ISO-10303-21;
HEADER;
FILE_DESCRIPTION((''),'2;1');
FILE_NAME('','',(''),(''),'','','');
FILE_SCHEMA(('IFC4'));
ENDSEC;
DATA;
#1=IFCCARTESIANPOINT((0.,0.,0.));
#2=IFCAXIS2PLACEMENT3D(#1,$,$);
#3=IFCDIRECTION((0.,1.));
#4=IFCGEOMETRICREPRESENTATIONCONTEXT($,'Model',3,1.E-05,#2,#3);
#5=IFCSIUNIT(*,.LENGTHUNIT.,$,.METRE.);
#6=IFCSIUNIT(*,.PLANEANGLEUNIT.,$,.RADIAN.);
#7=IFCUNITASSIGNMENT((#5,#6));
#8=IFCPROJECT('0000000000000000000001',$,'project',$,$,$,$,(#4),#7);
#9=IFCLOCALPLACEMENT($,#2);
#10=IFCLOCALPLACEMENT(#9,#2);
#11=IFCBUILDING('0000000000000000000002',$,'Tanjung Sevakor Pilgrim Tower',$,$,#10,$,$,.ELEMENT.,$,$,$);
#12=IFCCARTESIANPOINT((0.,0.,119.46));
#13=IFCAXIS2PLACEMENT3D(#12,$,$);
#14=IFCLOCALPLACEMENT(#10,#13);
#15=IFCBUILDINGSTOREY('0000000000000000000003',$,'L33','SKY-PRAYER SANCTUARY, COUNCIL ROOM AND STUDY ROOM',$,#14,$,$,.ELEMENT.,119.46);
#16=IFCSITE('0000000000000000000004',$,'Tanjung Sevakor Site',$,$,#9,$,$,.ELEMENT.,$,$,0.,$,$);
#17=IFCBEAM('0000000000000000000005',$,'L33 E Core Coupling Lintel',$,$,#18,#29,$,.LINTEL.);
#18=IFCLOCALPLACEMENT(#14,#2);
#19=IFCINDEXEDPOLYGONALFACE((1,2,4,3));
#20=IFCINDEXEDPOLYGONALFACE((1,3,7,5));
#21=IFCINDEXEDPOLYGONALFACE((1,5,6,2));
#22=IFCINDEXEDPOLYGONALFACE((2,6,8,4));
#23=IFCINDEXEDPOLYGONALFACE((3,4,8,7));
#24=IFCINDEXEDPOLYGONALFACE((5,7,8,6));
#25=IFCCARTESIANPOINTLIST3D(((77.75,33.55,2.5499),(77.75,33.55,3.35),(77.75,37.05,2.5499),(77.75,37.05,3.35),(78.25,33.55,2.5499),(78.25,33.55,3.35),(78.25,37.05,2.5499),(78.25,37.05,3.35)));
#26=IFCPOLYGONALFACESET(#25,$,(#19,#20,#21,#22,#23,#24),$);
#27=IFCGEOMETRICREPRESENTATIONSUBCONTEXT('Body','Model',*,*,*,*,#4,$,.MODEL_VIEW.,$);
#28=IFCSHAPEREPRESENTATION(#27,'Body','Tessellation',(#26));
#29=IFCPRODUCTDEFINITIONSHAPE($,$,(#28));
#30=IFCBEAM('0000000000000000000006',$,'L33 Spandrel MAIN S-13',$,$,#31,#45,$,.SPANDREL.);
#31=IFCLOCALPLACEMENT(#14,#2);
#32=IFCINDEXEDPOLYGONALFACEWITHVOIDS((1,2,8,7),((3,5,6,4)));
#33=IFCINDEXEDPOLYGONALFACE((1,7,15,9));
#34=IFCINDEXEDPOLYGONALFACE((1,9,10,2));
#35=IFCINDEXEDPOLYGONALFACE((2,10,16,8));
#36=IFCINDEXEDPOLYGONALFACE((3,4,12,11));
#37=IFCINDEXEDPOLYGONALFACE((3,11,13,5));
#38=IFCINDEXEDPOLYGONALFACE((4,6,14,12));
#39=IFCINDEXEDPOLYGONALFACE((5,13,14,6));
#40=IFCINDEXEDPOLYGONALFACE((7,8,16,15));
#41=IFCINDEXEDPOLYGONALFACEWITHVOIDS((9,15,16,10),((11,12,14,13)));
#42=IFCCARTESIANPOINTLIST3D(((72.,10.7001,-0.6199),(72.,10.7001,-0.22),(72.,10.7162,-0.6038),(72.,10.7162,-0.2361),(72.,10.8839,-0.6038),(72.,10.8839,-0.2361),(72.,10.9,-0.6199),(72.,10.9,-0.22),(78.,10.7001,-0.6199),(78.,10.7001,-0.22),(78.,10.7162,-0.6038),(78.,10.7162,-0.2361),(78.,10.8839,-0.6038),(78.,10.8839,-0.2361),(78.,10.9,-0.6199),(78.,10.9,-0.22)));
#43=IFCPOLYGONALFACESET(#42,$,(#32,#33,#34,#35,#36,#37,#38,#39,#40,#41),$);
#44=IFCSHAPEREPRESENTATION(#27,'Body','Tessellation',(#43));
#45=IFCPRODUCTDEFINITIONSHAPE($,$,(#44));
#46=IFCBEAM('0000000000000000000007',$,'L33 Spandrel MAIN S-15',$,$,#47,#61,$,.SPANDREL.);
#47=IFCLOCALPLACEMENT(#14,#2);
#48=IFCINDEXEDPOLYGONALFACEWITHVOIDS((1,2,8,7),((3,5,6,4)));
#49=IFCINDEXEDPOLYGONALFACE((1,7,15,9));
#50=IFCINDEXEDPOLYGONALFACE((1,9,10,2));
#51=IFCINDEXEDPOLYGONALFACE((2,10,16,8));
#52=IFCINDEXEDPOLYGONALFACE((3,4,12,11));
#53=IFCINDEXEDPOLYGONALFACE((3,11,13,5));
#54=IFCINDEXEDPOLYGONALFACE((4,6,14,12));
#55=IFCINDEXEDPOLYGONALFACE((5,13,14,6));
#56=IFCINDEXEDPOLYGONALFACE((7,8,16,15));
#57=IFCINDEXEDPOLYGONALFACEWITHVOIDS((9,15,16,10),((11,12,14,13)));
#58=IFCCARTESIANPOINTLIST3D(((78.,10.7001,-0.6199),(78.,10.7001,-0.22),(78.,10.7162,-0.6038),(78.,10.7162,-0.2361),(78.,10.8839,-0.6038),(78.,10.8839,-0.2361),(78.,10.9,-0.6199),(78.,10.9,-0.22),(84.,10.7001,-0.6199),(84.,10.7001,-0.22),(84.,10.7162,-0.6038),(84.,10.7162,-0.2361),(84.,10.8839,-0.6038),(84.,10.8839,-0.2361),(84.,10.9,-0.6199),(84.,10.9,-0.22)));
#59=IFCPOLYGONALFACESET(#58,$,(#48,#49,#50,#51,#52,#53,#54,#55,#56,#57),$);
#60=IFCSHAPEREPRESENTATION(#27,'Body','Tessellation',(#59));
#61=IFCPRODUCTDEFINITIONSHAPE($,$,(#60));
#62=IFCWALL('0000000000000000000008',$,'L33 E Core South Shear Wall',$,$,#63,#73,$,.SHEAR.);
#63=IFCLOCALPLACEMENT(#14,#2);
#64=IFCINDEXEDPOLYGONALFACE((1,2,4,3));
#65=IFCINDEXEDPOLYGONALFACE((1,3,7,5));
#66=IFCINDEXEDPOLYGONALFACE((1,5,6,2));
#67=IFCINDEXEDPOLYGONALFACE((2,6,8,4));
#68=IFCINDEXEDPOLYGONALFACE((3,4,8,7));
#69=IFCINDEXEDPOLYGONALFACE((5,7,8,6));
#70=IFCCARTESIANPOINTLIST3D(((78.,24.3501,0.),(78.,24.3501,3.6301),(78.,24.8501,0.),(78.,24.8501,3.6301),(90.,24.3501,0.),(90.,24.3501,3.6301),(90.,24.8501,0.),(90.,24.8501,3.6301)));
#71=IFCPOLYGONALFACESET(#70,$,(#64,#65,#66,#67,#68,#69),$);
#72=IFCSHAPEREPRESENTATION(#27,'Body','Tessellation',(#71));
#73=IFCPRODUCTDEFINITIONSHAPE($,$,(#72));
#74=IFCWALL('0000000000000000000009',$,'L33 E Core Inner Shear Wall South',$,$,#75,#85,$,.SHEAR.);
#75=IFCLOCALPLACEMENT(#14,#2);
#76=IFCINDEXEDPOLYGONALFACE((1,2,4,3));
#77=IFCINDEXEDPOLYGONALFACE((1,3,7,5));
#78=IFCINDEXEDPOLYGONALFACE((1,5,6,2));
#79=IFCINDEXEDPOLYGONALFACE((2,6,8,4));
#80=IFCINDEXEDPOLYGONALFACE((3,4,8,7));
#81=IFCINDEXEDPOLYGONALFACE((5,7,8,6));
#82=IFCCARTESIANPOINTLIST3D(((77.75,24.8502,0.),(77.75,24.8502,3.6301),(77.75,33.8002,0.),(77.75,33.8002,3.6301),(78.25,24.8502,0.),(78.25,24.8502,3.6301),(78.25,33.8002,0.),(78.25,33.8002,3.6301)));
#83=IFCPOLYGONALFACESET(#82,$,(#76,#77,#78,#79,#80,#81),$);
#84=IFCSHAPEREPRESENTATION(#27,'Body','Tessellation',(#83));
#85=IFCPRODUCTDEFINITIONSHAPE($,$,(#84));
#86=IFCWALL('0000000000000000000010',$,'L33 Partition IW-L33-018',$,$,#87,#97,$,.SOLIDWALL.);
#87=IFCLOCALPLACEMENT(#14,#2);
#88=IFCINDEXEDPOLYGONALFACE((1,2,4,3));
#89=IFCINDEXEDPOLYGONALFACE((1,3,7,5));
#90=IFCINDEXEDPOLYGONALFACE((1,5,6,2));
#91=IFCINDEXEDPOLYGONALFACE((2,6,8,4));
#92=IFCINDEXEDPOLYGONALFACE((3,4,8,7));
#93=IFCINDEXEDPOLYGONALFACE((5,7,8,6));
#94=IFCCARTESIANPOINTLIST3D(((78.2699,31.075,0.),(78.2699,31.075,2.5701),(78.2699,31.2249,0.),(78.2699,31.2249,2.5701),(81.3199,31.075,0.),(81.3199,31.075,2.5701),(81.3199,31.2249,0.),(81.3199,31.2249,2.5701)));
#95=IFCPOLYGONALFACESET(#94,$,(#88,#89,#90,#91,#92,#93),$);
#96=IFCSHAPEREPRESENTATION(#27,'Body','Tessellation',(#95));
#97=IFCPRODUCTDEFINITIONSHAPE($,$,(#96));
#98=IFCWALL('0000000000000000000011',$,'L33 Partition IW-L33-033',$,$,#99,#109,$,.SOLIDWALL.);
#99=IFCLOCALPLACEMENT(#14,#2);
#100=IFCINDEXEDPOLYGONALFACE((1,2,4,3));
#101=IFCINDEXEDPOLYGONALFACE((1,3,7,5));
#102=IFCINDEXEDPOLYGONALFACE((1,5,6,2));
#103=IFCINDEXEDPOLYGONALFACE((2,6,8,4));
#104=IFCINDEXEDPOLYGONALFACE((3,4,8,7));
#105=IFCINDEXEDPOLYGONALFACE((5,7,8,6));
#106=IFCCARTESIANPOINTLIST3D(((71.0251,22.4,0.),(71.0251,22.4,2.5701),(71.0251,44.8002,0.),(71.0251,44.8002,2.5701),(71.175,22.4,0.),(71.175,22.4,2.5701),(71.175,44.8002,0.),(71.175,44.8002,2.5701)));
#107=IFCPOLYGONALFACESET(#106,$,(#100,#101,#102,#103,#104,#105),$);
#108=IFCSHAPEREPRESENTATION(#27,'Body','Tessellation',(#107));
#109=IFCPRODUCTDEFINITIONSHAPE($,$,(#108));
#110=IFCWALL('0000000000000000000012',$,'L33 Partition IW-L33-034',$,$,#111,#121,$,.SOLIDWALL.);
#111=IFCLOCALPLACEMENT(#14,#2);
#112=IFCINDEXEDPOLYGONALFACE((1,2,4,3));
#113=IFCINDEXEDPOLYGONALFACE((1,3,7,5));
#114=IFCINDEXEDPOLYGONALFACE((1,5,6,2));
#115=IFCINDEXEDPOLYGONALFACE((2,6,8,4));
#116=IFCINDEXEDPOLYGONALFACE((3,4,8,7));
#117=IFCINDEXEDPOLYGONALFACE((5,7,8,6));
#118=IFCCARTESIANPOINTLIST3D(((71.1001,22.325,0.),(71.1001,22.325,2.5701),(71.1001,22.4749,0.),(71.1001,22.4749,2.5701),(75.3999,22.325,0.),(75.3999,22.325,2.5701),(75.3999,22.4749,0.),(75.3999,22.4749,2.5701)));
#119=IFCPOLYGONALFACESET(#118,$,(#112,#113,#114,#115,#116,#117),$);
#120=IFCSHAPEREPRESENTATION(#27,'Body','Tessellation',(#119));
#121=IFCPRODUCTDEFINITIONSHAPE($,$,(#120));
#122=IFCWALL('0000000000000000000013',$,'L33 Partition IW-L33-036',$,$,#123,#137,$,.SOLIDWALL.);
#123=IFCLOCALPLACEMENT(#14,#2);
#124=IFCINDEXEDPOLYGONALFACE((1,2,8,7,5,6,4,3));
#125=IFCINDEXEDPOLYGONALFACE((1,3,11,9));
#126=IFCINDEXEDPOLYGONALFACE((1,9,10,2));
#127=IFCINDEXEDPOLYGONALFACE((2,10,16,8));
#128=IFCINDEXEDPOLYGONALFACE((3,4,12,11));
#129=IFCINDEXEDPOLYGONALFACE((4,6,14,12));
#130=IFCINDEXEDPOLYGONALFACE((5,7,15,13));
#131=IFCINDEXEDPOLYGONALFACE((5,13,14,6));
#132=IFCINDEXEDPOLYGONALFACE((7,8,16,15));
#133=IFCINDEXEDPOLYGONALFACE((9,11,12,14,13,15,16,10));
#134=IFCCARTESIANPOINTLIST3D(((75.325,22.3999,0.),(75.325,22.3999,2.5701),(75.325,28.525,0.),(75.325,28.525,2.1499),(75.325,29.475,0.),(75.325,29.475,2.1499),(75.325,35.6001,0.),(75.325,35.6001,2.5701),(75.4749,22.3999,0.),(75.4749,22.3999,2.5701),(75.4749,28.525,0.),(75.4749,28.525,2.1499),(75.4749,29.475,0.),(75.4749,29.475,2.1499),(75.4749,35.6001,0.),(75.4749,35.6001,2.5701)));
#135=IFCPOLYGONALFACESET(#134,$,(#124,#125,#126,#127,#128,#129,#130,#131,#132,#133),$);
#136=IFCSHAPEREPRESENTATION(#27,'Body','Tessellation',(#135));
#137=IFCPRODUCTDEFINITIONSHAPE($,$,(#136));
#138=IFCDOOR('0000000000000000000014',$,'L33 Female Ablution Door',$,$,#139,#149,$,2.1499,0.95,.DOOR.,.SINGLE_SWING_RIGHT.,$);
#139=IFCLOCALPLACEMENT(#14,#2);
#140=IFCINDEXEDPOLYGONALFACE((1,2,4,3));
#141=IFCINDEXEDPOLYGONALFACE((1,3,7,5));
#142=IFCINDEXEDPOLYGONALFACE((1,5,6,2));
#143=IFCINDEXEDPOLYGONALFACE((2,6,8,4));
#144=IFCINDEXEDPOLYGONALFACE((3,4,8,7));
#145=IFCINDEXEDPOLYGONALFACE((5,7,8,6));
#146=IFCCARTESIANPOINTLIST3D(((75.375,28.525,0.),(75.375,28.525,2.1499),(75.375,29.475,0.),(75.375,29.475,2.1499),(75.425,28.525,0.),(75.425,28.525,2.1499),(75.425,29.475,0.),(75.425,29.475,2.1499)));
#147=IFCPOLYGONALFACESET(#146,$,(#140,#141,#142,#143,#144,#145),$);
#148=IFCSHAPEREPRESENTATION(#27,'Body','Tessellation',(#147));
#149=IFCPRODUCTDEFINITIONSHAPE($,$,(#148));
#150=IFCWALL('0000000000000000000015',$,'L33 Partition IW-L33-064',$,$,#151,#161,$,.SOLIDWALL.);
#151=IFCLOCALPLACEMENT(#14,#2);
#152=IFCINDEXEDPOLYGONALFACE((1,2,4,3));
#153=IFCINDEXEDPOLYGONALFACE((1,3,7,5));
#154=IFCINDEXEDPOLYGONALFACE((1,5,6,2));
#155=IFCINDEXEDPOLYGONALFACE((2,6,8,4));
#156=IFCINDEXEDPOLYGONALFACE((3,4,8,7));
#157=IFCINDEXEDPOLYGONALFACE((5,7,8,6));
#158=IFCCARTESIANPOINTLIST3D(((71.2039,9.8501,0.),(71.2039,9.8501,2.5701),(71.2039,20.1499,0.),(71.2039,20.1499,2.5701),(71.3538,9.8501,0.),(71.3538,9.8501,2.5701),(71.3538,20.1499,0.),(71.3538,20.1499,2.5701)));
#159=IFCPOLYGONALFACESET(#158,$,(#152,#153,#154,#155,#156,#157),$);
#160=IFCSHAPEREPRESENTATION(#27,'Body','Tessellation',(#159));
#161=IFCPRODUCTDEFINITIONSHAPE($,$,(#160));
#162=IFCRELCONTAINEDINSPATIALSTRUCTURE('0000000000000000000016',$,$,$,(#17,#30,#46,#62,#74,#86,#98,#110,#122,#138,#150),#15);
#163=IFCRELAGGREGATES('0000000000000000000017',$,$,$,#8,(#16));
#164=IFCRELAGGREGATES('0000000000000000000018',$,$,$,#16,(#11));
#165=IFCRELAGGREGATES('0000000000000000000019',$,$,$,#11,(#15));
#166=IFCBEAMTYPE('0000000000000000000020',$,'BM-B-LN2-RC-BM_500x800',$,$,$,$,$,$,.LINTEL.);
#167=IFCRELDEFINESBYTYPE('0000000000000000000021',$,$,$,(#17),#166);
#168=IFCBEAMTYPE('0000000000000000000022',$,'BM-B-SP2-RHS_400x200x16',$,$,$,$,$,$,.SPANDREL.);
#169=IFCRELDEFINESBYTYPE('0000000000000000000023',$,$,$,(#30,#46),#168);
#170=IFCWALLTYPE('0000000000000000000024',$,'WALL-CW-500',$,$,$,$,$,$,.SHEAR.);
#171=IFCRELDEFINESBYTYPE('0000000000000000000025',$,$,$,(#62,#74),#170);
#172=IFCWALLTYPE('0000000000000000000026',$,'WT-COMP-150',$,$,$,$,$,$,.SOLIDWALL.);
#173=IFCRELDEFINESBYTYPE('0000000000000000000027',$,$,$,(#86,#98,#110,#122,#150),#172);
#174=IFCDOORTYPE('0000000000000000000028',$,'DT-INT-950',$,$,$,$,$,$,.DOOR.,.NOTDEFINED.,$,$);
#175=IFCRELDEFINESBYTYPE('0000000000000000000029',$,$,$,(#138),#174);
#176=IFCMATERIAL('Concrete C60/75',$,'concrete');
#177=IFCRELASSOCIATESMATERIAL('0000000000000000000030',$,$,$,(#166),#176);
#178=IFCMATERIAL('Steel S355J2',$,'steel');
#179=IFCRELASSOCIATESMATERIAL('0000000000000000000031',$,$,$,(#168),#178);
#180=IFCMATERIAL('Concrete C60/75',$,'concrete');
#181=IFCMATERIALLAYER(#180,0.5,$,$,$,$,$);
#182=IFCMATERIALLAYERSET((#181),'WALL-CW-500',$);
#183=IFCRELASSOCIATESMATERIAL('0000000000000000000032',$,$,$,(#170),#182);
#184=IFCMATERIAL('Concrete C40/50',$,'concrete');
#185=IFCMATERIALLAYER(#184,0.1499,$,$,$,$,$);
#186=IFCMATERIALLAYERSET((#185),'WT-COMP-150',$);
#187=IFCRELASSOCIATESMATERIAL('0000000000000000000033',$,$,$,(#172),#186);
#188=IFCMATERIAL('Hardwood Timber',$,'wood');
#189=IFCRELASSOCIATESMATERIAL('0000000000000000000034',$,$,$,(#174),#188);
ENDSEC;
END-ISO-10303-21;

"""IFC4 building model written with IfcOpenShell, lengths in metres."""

from ifc_helpers import new_model, si_unit, direction, frame, frame_2d, origin, origin_2d, place, context, subcontext, project, spatial, rectangle, hollow_rectangle, extrude, material, layer, layer_set, material_profile, profile_set, type_object, element, fill, save


model = new_model("IFC4")

# Units and contexts
model_context = context("Model", 3, precision=1e-05, world=origin(), true_north=direction((0.0, 1.0)))
body_context = subcontext(model_context, "Body", "Model", "MODEL_VIEW")
ifc_project = project(units=[si_unit("LENGTHUNIT", "METRE"), si_unit("PLANEANGLEUNIT", "RADIAN")], contexts=[model_context])

# Site, building, storey
site_placement = place(None, origin())
site = spatial("IfcSite", under=ifc_project, at=site_placement, Name="Tanjung Sevakor Site", CompositionType="ELEMENT", RefElevation=0.0)
building_placement = place(site_placement, origin())
building = spatial("IfcBuilding", under=site, at=building_placement, Name="Tanjung Sevakor Pilgrim Tower", CompositionType="ELEMENT")
storey_placement = place(building_placement, frame((0.0, 0.0, 119.46)))
storey = spatial("IfcBuildingStorey", under=building, at=storey_placement, Name="L33", Description="SKY-PRAYER SANCTUARY, COUNCIL ROOM AND STUDY ROOM", CompositionType="ELEMENT", Elevation=119.46)

# Beams
ifc_material_1 = material(Name="Concrete C60/75", Category="concrete")
ifc_material_profile_1 = material_profile(ifc_material_1, rectangle(XDim=0.5, YDim=0.8, at=origin_2d()))
ifc_profile_set_1 = profile_set([ifc_material_profile_1], Name="Concrete C60/75")
beam_type_1 = type_object("IfcBeamType", Name="BM-B-LN2-RC-BM_500x800", PredefinedType="LINTEL", material=ifc_profile_set_1)
beam_1_placement = place(storey_placement, frame((78.0, 33.55, 2.95), z_axis=(0.0, 1.0, 0.0), x_axis=(-1.0, 0.0, 0.0)))
element("IfcBeam", 1, at=beam_1_placement, inside=storey, type_object=beam_type_1, Name="L33 E Core Coupling Lintel", PredefinedType="LINTEL", context=body_context, shape_type="SweptSolid", body=[
    extrude(rectangle(XDim=0.5, YDim=0.8, at=origin_2d()), origin(), (0.0, 0.0, 1.0), 3.5),
])
ifc_material_2 = material(Name="Steel S355J2", Category="steel")
ifc_material_profile_2 = material_profile(ifc_material_2, hollow_rectangle(XDim=0.2, YDim=0.3999, WallThickness=0.0161, at=origin_2d()))
ifc_profile_set_2 = profile_set([ifc_material_profile_2], Name="Steel S355J2")
beam_type_2 = type_object("IfcBeamType", Name="BM-B-SP2-RHS_400x200x16", PredefinedType="SPANDREL", material=ifc_profile_set_2)
for number, where, z_axis, x_axis, name in (
    (2, (72.0, 10.8, -0.4199), (1.0, 0.0, 0.0), (0.0, 1.0, 0.0), "L33 Spandrel MAIN S-13"),
    (3, (78.0, 10.8, -0.4199), (1.0, 0.0, 0.0), (0.0, 1.0, 0.0), "L33 Spandrel MAIN S-15"),
):
    element("IfcBeam", number, at=place(storey_placement, frame(where, z_axis=z_axis, x_axis=x_axis)), inside=storey, type_object=beam_type_2, Name=name, PredefinedType="SPANDREL", context=body_context, shape_type="SweptSolid", body=[
        extrude(hollow_rectangle(XDim=0.2, YDim=0.3999, WallThickness=0.0161, at=origin_2d()), origin(), (0.0, 0.0, 1.0), 6.0),
    ])

# Walls
ifc_material_3 = material(Name="Concrete C60/75", Category="concrete")
ifc_layer_1 = layer(ifc_material_3, 0.5)
ifc_layer_set_1 = layer_set([ifc_layer_1], Name="WALL-CW-500")
wall_type_1 = type_object("IfcWallType", Name="WALL-CW-500", PredefinedType="SHEAR", material=ifc_layer_set_1)
wall_1_placement = place(storey_placement, frame((78.0, 24.6001, 0.0), z_axis=(0.0, 0.0, 1.0), x_axis=(1.0, 0.0, 0.0)))
element("IfcWall", 4, at=wall_1_placement, inside=storey, type_object=wall_type_1, Name="L33 E Core South Shear Wall", PredefinedType="SHEAR", context=body_context, shape_type="SweptSolid", body=[
    extrude(rectangle(XDim=12.0, YDim=0.5, at=frame_2d((6.0, 0.0))), origin(), (0.0, 0.0, 1.0), 3.6301),
])
wall_2_placement = place(storey_placement, frame((78.0, 24.8501, 0.0), z_axis=(0.0, 0.0, 1.0), x_axis=(0.0, 1.0, 0.0)))
element("IfcWall", 5, at=wall_2_placement, inside=storey, type_object=wall_type_1, Name="L33 E Core Inner Shear Wall South", PredefinedType="SHEAR", context=body_context, shape_type="SweptSolid", body=[
    extrude(rectangle(XDim=8.95, YDim=0.5, at=frame_2d((4.4751, 0.0))), origin(), (0.0, 0.0, 1.0), 3.6301),
])
ifc_material_4 = material(Name="Concrete C40/50", Category="concrete")
ifc_layer_2 = layer(ifc_material_4, 0.1499)
ifc_layer_set_2 = layer_set([ifc_layer_2], Name="WT-COMP-150")
wall_type_2 = type_object("IfcWallType", Name="WT-COMP-150", PredefinedType="SOLIDWALL", material=ifc_layer_set_2)
wall_3_placement = place(storey_placement, frame((78.27, 31.1499, 0.0), z_axis=(0.0, 0.0, 1.0), x_axis=(1.0, 0.0, 0.0)))
element("IfcWall", 6, at=wall_3_placement, inside=storey, type_object=wall_type_2, Name="L33 Partition IW-L33-018", PredefinedType="SOLIDWALL", context=body_context, shape_type="SweptSolid", body=[
    extrude(rectangle(XDim=3.05, YDim=0.1499, at=frame_2d((1.5249, 0.0))), origin(), (0.0, 0.0, 1.0), 2.5701),
])

# Walls
wall_4_placement = place(storey_placement, frame((71.1001, 22.3999, 0.0), z_axis=(0.0, 0.0, 1.0), x_axis=(0.0, 1.0, 0.0)))
element("IfcWall", 7, at=wall_4_placement, inside=storey, type_object=wall_type_2, Name="L33 Partition IW-L33-033", PredefinedType="SOLIDWALL", context=body_context, shape_type="SweptSolid", body=[
    extrude(rectangle(XDim=22.4001, YDim=0.1499, at=frame_2d((11.2002, 0.0))), origin(), (0.0, 0.0, 1.0), 2.5701),
])
wall_5_placement = place(storey_placement, frame((71.1001, 22.3999, 0.0), z_axis=(0.0, 0.0, 1.0), x_axis=(1.0, 0.0, 0.0)))
element("IfcWall", 8, at=wall_5_placement, inside=storey, type_object=wall_type_2, Name="L33 Partition IW-L33-034", PredefinedType="SOLIDWALL", context=body_context, shape_type="SweptSolid", body=[
    extrude(rectangle(XDim=4.2998, YDim=0.1499, at=frame_2d((2.1499, 0.0))), origin(), (0.0, 0.0, 1.0), 2.5701),
])

# Wall, opening, door
wall_6_placement = place(storey_placement, frame((75.3999, 22.3999, 0.0), z_axis=(0.0, 0.0, 1.0), x_axis=(0.0, 1.0, 0.0)))
wall_6 = element("IfcWall", 9, at=wall_6_placement, inside=storey, type_object=wall_type_2, Name="L33 Partition IW-L33-036", PredefinedType="SOLIDWALL", context=body_context, shape_type="SweptSolid", body=[
    extrude(rectangle(XDim=13.2002, YDim=0.1499, at=frame_2d((6.6001, 0.0))), origin(), (0.0, 0.0, 1.0), 2.5701),
])
opening_1_placement = place(wall_6_placement, frame((6.125, 0.0, 0.0)))
opening_1 = element("IfcOpeningElement", 10, at=opening_1_placement, cuts=wall_6, PredefinedType="OPENING", context=body_context, shape_type="SweptSolid", body=[
    extrude(rectangle(XDim=0.95, YDim=2.1499, at=frame_2d((0.4751, 1.075))), frame((0.0, 0.085, 0.0), z_axis=(0.0, -1.0, 0.0), x_axis=(1.0, 0.0, 0.0)), (0.0, 0.0, 1.0), 0.1699),
])
ifc_material_5 = material(Name="Hardwood Timber", Category="wood")
door_type_1 = type_object("IfcDoorType", Name="DT-INT-950", OperationType="NOTDEFINED", PredefinedType="DOOR", material=ifc_material_5)
door_1_placement = place(opening_1_placement, origin())
door_1 = element("IfcDoor", 11, at=door_1_placement, inside=storey, type_object=door_type_1, Name="L33 Female Ablution Door", OperationType="SINGLE_SWING_RIGHT", OverallHeight=2.1499, OverallWidth=0.95, PredefinedType="DOOR", context=body_context, shape_type="SweptSolid", body=[
    extrude(rectangle(XDim=0.95, YDim=2.1499, at=frame_2d((0.4751, 1.075))), frame((0.0, 0.0249, 0.0), z_axis=(0.0, -1.0, 0.0), x_axis=(1.0, 0.0, 0.0)), (0.0, 0.0, 1.0), 0.05),
])
fill(opening_1, door_1)

# Wall
wall_7_placement = place(storey_placement, frame((71.2788, 9.8501, 0.0), z_axis=(0.0, 0.0, 1.0), x_axis=(0.0, 1.0, 0.0)))
element("IfcWall", 12, at=wall_7_placement, inside=storey, type_object=wall_type_2, Name="L33 Partition IW-L33-064", PredefinedType="SOLIDWALL", context=body_context, shape_type="SweptSolid", body=[
    extrude(rectangle(XDim=10.2998, YDim=0.1499, at=frame_2d((5.1499, 0.0))), origin(), (0.0, 0.0, 1.0), 2.5701),
])

save(model, "model.ifc")
